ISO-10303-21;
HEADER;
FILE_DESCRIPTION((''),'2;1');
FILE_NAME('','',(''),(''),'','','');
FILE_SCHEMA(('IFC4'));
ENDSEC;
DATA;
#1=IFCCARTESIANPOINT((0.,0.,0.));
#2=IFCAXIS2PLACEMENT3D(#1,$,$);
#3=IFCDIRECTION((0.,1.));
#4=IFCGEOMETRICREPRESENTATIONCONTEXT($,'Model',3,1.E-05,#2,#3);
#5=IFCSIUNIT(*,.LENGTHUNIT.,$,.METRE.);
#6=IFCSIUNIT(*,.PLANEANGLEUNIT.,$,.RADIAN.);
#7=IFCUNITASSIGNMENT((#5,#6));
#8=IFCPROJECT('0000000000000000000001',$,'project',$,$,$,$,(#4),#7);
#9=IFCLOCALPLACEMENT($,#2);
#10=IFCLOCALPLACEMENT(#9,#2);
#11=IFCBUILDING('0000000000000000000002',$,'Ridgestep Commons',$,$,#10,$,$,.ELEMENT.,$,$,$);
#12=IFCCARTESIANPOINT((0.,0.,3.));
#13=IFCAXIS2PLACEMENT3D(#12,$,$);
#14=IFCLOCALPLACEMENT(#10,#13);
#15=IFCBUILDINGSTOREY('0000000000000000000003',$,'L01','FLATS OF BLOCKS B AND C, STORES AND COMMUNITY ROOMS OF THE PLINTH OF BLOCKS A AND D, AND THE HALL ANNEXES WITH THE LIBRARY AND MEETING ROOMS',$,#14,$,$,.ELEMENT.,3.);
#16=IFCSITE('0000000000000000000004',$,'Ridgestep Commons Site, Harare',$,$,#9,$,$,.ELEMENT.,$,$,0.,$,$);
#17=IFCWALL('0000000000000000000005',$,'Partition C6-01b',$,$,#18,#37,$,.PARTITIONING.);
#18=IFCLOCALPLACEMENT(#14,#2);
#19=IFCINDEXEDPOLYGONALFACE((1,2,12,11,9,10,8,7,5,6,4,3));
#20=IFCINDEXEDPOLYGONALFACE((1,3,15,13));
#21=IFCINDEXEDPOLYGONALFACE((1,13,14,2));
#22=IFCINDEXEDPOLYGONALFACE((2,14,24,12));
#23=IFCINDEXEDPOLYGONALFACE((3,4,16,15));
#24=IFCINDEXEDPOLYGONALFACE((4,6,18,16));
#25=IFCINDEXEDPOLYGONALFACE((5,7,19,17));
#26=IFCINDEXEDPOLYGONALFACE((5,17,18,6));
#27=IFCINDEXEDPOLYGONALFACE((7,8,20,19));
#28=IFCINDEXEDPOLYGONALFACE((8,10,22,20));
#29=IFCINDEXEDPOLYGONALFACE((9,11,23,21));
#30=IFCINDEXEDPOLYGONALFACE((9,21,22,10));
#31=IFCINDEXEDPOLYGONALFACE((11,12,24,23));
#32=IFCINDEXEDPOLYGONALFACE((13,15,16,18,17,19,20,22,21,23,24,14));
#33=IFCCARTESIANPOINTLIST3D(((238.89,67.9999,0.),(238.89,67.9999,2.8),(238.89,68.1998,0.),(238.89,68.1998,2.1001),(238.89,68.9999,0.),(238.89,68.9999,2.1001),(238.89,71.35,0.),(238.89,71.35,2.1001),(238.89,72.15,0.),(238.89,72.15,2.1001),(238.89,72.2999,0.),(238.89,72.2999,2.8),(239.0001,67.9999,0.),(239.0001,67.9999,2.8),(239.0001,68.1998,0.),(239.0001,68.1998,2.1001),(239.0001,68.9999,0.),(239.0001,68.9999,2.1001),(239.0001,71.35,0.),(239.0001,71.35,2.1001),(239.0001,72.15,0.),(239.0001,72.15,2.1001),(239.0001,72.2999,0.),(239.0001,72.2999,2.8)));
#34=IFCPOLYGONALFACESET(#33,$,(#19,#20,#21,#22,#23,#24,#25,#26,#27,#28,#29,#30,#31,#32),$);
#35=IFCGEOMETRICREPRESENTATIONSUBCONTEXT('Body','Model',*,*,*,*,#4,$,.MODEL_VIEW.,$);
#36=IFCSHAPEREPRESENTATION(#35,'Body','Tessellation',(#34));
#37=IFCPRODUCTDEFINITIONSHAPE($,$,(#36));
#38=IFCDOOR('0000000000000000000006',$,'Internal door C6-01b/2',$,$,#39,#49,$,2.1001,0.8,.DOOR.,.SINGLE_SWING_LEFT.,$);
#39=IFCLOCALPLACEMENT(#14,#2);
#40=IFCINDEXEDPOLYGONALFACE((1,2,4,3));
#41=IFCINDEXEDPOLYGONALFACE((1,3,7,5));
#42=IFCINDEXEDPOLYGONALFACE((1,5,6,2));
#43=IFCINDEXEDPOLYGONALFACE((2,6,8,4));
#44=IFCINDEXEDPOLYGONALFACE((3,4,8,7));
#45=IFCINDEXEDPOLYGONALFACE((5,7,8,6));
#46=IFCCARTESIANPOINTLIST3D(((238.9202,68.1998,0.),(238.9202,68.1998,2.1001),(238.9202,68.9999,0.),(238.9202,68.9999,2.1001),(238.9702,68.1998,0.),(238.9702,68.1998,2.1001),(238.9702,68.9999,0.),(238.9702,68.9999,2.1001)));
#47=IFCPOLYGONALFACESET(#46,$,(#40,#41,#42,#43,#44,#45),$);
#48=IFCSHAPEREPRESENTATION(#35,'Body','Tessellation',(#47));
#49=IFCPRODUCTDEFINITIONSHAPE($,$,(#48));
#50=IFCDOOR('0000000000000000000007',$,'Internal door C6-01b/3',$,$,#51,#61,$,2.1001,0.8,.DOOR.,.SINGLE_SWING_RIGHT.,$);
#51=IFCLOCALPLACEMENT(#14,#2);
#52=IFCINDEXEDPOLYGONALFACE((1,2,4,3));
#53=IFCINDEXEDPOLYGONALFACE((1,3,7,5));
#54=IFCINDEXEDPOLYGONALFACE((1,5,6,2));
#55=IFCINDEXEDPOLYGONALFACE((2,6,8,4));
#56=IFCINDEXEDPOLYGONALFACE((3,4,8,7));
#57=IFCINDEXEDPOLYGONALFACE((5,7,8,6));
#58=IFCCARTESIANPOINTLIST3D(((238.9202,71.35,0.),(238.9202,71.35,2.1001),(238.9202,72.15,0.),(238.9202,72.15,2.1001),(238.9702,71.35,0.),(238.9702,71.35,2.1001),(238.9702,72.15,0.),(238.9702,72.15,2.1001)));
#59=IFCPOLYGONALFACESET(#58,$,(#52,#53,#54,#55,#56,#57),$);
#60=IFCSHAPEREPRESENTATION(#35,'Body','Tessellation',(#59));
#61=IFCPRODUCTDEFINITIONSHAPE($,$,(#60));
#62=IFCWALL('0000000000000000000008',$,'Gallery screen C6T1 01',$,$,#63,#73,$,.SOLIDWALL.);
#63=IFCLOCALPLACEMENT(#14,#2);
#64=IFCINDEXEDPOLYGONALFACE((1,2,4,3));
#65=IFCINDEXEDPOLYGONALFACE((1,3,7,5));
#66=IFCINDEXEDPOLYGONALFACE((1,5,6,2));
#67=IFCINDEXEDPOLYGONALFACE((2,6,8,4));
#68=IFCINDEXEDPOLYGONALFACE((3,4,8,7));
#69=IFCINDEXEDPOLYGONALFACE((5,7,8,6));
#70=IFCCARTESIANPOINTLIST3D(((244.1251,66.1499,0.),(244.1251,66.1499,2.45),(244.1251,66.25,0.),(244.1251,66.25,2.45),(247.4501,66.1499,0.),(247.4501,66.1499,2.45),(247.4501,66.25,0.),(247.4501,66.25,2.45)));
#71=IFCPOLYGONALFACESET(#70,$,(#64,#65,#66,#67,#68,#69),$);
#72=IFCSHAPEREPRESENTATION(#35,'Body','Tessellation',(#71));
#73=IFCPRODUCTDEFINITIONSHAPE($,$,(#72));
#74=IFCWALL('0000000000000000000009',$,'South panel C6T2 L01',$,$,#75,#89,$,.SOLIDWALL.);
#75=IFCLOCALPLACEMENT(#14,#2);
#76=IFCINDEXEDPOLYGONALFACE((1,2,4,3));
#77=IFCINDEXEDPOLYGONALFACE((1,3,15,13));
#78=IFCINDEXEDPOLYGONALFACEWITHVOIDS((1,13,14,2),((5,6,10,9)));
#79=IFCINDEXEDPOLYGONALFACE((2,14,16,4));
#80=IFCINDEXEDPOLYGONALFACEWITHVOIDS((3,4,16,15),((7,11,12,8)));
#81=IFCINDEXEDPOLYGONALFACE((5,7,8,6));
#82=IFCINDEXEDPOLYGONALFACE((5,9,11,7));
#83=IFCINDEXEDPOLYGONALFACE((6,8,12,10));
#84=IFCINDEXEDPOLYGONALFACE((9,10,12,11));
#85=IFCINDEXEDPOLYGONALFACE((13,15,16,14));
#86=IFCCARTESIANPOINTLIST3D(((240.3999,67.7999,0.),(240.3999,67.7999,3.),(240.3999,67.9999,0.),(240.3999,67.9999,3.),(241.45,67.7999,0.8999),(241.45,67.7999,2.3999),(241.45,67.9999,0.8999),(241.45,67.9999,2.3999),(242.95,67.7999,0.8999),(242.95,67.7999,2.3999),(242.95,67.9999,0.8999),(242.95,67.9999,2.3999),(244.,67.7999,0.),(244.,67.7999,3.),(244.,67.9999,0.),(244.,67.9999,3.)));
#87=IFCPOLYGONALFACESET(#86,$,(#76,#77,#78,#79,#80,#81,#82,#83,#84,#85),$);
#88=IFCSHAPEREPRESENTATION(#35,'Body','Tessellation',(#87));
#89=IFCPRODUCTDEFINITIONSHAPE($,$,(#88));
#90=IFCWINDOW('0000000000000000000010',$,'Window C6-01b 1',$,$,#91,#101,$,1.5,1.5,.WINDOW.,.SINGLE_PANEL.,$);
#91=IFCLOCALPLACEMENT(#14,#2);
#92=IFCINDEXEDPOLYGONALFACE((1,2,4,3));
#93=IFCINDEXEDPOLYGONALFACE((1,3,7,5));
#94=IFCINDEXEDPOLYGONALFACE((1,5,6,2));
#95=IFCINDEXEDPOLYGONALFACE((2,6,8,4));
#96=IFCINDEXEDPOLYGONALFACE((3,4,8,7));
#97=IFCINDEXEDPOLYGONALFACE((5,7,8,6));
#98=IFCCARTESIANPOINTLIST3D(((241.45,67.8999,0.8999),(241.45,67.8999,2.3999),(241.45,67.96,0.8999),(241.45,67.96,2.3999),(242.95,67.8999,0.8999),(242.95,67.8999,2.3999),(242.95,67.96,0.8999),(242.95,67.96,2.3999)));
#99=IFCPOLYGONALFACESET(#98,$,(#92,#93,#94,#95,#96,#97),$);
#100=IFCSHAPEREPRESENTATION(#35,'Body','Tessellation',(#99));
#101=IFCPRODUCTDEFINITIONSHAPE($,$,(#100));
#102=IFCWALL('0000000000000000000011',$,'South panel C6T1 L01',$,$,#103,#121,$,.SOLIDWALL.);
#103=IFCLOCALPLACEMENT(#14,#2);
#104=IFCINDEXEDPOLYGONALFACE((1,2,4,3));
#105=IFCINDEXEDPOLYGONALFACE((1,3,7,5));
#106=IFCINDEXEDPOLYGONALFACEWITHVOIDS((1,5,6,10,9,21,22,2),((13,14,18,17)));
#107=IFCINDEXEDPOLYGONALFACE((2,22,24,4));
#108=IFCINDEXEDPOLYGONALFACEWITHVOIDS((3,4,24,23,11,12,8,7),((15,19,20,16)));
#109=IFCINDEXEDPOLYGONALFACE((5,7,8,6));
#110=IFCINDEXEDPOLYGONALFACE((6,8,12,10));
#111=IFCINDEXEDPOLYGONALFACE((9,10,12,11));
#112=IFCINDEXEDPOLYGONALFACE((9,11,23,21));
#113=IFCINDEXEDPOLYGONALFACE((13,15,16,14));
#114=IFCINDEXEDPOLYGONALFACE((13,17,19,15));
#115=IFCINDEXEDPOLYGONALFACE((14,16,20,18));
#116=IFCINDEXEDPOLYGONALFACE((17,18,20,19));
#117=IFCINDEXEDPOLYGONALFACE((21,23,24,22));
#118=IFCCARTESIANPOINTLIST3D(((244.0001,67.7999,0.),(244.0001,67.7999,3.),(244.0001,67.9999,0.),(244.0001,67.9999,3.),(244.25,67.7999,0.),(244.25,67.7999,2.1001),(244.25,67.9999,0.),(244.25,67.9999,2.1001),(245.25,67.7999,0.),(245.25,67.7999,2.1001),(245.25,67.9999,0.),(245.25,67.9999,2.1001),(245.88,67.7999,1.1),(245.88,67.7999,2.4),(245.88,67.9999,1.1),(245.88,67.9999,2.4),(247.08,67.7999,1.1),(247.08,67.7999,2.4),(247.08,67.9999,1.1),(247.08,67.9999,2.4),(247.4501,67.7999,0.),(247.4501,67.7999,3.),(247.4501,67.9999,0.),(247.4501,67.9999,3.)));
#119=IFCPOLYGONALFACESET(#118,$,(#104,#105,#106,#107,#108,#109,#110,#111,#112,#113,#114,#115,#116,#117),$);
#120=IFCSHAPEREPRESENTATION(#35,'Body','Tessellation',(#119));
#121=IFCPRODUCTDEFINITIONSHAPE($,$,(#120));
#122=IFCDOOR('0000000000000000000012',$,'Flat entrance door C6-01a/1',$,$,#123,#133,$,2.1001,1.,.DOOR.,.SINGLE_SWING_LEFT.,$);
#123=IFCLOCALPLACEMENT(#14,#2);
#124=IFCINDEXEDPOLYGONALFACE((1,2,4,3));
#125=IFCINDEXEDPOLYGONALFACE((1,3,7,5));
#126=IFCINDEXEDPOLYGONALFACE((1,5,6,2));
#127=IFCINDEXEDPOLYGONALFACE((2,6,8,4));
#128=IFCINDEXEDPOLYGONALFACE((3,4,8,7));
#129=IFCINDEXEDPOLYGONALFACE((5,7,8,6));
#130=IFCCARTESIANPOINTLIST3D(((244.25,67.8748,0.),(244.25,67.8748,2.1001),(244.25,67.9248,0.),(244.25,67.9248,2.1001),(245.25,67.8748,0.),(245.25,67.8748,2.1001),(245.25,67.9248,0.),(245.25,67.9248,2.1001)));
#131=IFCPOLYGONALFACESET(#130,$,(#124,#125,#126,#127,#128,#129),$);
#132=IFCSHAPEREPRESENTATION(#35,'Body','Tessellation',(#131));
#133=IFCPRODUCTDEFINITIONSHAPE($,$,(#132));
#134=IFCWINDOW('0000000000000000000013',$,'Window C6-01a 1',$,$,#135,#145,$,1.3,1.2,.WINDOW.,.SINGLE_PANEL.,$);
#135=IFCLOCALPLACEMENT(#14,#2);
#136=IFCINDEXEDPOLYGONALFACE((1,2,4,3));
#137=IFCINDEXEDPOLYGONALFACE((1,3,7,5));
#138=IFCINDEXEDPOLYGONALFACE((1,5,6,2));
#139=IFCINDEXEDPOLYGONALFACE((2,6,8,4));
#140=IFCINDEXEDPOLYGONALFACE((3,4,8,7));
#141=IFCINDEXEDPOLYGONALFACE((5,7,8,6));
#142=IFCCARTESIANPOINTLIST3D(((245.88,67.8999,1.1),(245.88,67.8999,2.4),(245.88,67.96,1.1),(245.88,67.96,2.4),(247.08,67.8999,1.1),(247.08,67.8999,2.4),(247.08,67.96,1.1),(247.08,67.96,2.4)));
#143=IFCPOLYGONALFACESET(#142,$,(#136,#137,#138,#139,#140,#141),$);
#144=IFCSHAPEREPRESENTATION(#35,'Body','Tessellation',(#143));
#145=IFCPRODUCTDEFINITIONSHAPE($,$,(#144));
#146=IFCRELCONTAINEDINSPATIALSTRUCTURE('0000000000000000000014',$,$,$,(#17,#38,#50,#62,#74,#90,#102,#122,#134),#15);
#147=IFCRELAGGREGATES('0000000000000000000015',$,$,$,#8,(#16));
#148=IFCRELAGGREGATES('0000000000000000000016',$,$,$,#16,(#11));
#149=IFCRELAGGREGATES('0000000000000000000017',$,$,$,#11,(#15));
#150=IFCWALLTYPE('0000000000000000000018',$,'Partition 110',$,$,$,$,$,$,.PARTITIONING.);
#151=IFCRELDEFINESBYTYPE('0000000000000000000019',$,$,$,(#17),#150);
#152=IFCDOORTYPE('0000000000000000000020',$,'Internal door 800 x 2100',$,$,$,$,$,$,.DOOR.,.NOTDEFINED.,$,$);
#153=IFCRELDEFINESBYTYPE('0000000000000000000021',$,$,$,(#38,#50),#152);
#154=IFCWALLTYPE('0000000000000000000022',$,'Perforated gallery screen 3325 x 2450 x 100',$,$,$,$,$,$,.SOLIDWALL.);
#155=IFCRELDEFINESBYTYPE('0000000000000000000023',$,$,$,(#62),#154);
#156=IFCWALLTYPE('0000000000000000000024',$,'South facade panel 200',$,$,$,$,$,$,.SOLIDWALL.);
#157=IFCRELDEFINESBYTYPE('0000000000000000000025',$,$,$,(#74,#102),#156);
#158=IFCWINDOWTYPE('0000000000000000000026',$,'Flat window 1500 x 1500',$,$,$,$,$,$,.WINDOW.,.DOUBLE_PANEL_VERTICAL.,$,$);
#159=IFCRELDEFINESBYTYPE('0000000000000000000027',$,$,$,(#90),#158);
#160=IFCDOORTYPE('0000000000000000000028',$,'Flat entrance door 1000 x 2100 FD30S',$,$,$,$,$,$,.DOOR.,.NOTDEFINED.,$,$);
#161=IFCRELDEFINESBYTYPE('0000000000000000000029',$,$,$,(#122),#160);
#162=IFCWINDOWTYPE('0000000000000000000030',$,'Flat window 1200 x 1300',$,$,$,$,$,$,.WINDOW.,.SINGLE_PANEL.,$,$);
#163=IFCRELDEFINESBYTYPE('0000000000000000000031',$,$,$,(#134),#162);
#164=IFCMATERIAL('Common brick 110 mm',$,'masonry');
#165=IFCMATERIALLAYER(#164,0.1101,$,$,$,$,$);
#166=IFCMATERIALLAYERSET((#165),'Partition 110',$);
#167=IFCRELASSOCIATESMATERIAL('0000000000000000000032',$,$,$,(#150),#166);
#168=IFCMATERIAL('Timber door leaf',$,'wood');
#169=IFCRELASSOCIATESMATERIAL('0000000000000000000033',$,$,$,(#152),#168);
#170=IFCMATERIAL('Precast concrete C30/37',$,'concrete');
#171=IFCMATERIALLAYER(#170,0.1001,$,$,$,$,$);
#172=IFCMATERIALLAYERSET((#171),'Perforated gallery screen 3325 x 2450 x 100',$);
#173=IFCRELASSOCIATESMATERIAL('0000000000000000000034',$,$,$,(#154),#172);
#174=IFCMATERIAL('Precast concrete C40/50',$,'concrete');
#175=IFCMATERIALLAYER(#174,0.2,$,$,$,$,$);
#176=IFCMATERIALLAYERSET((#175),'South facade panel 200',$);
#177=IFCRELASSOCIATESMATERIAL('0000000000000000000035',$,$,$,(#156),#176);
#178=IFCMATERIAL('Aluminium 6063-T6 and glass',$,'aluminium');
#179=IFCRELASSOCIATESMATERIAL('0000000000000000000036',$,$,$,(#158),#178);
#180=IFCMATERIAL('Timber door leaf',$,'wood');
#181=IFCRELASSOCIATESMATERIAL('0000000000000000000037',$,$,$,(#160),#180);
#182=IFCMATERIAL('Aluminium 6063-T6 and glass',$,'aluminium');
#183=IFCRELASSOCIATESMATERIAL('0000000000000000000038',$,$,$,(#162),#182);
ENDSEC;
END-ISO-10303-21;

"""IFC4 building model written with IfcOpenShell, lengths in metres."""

from ifc_helpers import new_model, si_unit, direction, frame, frame_2d, origin, place, context, subcontext, project, spatial, rectangle, extrude, material, layer, layer_set, type_object, element, fill, save


model = new_model("IFC4")

# Units and contexts
model_context = context("Model", 3, precision=1e-05, world=origin(), true_north=direction((0.0, 1.0)))
body_context = subcontext(model_context, "Body", "Model", "MODEL_VIEW")
ifc_project = project(units=[si_unit("LENGTHUNIT", "METRE"), si_unit("PLANEANGLEUNIT", "RADIAN")], contexts=[model_context])

# Site, building, storey
site_placement = place(None, origin())
site = spatial("IfcSite", under=ifc_project, at=site_placement, Name="Ridgestep Commons Site, Harare", CompositionType="ELEMENT", RefElevation=0.0)
building_placement = place(site_placement, origin())
building = spatial("IfcBuilding", under=site, at=building_placement, Name="Ridgestep Commons", CompositionType="ELEMENT")
storey_placement = place(building_placement, frame((0.0, 0.0, 3.0)))
storey = spatial("IfcBuildingStorey", under=building, at=storey_placement, Name="L01", Description="FLATS OF BLOCKS B AND C, STORES AND COMMUNITY ROOMS OF THE PLINTH OF BLOCKS A AND D, AND THE HALL ANNEXES WITH THE LIBRARY AND MEETING ROOMS", CompositionType="ELEMENT", Elevation=3.0)

# Wall, openings, doors
ifc_material_1 = material(Name="Common brick 110 mm", Category="masonry")
ifc_layer_1 = layer(ifc_material_1, 0.1101)
ifc_layer_set_1 = layer_set([ifc_layer_1], Name="Partition 110")
wall_type_1 = type_object("IfcWallType", Name="Partition 110", PredefinedType="PARTITIONING", material=ifc_layer_set_1)
ifc_material_2 = material(Name="Timber door leaf", Category="wood")
door_type_1 = type_object("IfcDoorType", Name="Internal door 800 x 2100", OperationType="NOTDEFINED", PredefinedType="DOOR", material=ifc_material_2)
wall_1_placement = place(storey_placement, frame((238.9451, 68.0, 0.0), z_axis=(0.0, 0.0, 1.0), x_axis=(0.0, 1.0, 0.0)))
wall_1 = element("IfcWall", 1, at=wall_1_placement, inside=storey, type_object=wall_type_1, Name="Partition C6-01b", PredefinedType="PARTITIONING", context=body_context, shape_type="SweptSolid", body=[
    extrude(rectangle(XDim=4.3, YDim=0.1101, at=frame_2d((2.1499, 0.0))), origin(), (0.0, 0.0, 1.0), 2.8),
])
opening_1_placement = place(wall_1_placement, frame((0.2, 0.0, 0.0)))
opening_1 = element("IfcOpeningElement", 2, at=opening_1_placement, cuts=wall_1, PredefinedType="OPENING", context=body_context, shape_type="SweptSolid", body=[
    extrude(rectangle(XDim=0.8, YDim=2.1001, at=frame_2d((0.3999, 1.05))), frame((0.0, 0.0649, 0.0), z_axis=(0.0, -1.0, 0.0), x_axis=(1.0, 0.0, 0.0)), (0.0, 0.0, 1.0), 0.1301),
])
opening_2_placement = place(wall_1_placement, frame((3.3501, 0.0, 0.0)))
opening_2 = element("IfcOpeningElement", 3, at=opening_2_placement, cuts=wall_1, PredefinedType="OPENING", context=body_context, shape_type="SweptSolid", body=[
    extrude(rectangle(XDim=0.8, YDim=2.1001, at=frame_2d((0.3999, 1.05))), frame((0.0, 0.0649, 0.0), z_axis=(0.0, -1.0, 0.0), x_axis=(1.0, 0.0, 0.0)), (0.0, 0.0, 1.0), 0.1301),
])
door_1_placement = place(opening_1_placement, origin())
door_1 = element("IfcDoor", 4, at=door_1_placement, inside=storey, type_object=door_type_1, Name="Internal door C6-01b/2", OperationType="SINGLE_SWING_LEFT", OverallHeight=2.1001, OverallWidth=0.8, PredefinedType="DOOR", context=body_context, shape_type="SweptSolid", body=[
    extrude(rectangle(XDim=0.8, YDim=2.1001, at=frame_2d((0.3999, 1.05))), frame((0.0, 0.0249, 0.0), z_axis=(0.0, -1.0, 0.0), x_axis=(1.0, 0.0, 0.0)), (0.0, 0.0, 1.0), 0.05),
])
fill(opening_1, door_1)
door_2_placement = place(opening_2_placement, origin())
door_2 = element("IfcDoor", 5, at=door_2_placement, inside=storey, type_object=door_type_1, Name="Internal door C6-01b/3", OperationType="SINGLE_SWING_RIGHT", OverallHeight=2.1001, OverallWidth=0.8, PredefinedType="DOOR", context=body_context, shape_type="SweptSolid", body=[
    extrude(rectangle(XDim=0.8, YDim=2.1001, at=frame_2d((0.3999, 1.05))), frame((0.0, 0.0249, 0.0), z_axis=(0.0, -1.0, 0.0), x_axis=(1.0, 0.0, 0.0)), (0.0, 0.0, 1.0), 0.05),
])
fill(opening_2, door_2)

# Wall
ifc_material_3 = material(Name="Precast concrete C30/37", Category="concrete")
ifc_layer_2 = layer(ifc_material_3, 0.1001)
ifc_layer_set_2 = layer_set([ifc_layer_2], Name="Perforated gallery screen 3325 x 2450 x 100")
wall_type_2 = type_object("IfcWallType", Name="Perforated gallery screen 3325 x 2450 x 100", PredefinedType="SOLIDWALL", material=ifc_layer_set_2)
wall_2_placement = place(storey_placement, frame((244.125, 66.2, 0.0), z_axis=(0.0, 0.0, 1.0), x_axis=(1.0, 0.0, 0.0)))
element("IfcWall", 6, at=wall_2_placement, inside=storey, type_object=wall_type_2, Name="Gallery screen C6T1 01", PredefinedType="SOLIDWALL", context=body_context, shape_type="SweptSolid", body=[
    extrude(rectangle(XDim=3.325, YDim=0.1001, at=frame_2d((1.6626, 0.0))), origin(), (0.0, 0.0, 1.0), 2.45),
])

# Wall, opening, window
ifc_material_4 = material(Name="Precast concrete C40/50", Category="concrete")
ifc_layer_3 = layer(ifc_material_4, 0.2)
ifc_layer_set_3 = layer_set([ifc_layer_3], Name="South facade panel 200")
wall_type_3 = type_object("IfcWallType", Name="South facade panel 200", PredefinedType="SOLIDWALL", material=ifc_layer_set_3)
wall_3_placement = place(storey_placement, frame((240.3999, 67.8999, 0.0), z_axis=(0.0, 0.0, 1.0), x_axis=(1.0, 0.0, 0.0)))
wall_3 = element("IfcWall", 7, at=wall_3_placement, inside=storey, type_object=wall_type_3, Name="South panel C6T2 L01", PredefinedType="SOLIDWALL", context=body_context, shape_type="SweptSolid", body=[
    extrude(rectangle(XDim=3.6001, YDim=0.2, at=frame_2d((1.8, 0.0))), origin(), (0.0, 0.0, 1.0), 3.0),
])
opening_3_placement = place(wall_3_placement, frame((1.05, 0.0, 0.8999)))
opening_3 = element("IfcOpeningElement", 8, at=opening_3_placement, cuts=wall_3, PredefinedType="OPENING", context=body_context, shape_type="SweptSolid", body=[
    extrude(rectangle(XDim=1.5, YDim=1.5, at=frame_2d((0.75, 0.75))), frame((0.0, 0.1099, 0.0), z_axis=(0.0, -1.0, 0.0), x_axis=(1.0, 0.0, 0.0)), (0.0, 0.0, 1.0), 0.22),
])
ifc_material_5 = material(Name="Aluminium 6063-T6 and glass", Category="aluminium")
window_type_1 = type_object("IfcWindowType", Name="Flat window 1500 x 1500", PartitioningType="DOUBLE_PANEL_VERTICAL", PredefinedType="WINDOW", material=ifc_material_5)
window_1_placement = place(opening_3_placement, origin())
window_1 = element("IfcWindow", 9, at=window_1_placement, inside=storey, type_object=window_type_1, Name="Window C6-01b 1", OverallHeight=1.5, OverallWidth=1.5, PartitioningType="SINGLE_PANEL", PredefinedType="WINDOW", context=body_context, shape_type="SweptSolid", body=[
    extrude(rectangle(XDim=1.5, YDim=1.5, at=frame_2d((0.75, 0.75))), frame((0.0, 0.0601, 0.0), z_axis=(0.0, -1.0, 0.0), x_axis=(1.0, 0.0, 0.0)), (0.0, 0.0, 1.0), 0.0601),
])
fill(opening_3, window_1)

# Wall, openings, door, window
wall_4_placement = place(storey_placement, frame((244.0, 67.8999, 0.0), z_axis=(0.0, 0.0, 1.0), x_axis=(1.0, 0.0, 0.0)))
wall_4 = element("IfcWall", 10, at=wall_4_placement, inside=storey, type_object=wall_type_3, Name="South panel C6T1 L01", PredefinedType="SOLIDWALL", context=body_context, shape_type="SweptSolid", body=[
    extrude(rectangle(XDim=3.45, YDim=0.2, at=frame_2d((1.7251, 0.0))), origin(), (0.0, 0.0, 1.0), 3.0),
])
opening_4_placement = place(wall_4_placement, frame((1.8799, 0.0, 1.1001)))
opening_4 = element("IfcOpeningElement", 11, at=opening_4_placement, cuts=wall_4, PredefinedType="OPENING", context=body_context, shape_type="SweptSolid", body=[
    extrude(rectangle(XDim=1.2, YDim=1.3, at=frame_2d((0.6001, 0.6499))), frame((0.0, 0.1099, 0.0), z_axis=(0.0, -1.0, 0.0), x_axis=(1.0, 0.0, 0.0)), (0.0, 0.0, 1.0), 0.22),
])
opening_5_placement = place(wall_4_placement, frame((0.25, 0.0, 0.0)))
opening_5 = element("IfcOpeningElement", 12, at=opening_5_placement, cuts=wall_4, PredefinedType="OPENING", context=body_context, shape_type="SweptSolid", body=[
    extrude(rectangle(XDim=1.0, YDim=2.1001, at=frame_2d((0.5, 1.05))), frame((0.0, 0.1099, 0.0), z_axis=(0.0, -1.0, 0.0), x_axis=(1.0, 0.0, 0.0)), (0.0, 0.0, 1.0), 0.22),
])
ifc_material_6 = material(Name="Timber door leaf", Category="wood")
door_type_2 = type_object("IfcDoorType", Name="Flat entrance door 1000 x 2100 FD30S", OperationType="NOTDEFINED", PredefinedType="DOOR", material=ifc_material_6)
door_3_placement = place(opening_5_placement, origin())
door_3 = element("IfcDoor", 13, at=door_3_placement, inside=storey, type_object=door_type_2, Name="Flat entrance door C6-01a/1", OperationType="SINGLE_SWING_LEFT", OverallHeight=2.1001, OverallWidth=1.0, PredefinedType="DOOR", context=body_context, shape_type="SweptSolid", body=[
    extrude(rectangle(XDim=1.0, YDim=2.1001, at=frame_2d((0.5, 1.05))), frame((0.0, 0.0249, 0.0), z_axis=(0.0, -1.0, 0.0), x_axis=(1.0, 0.0, 0.0)), (0.0, 0.0, 1.0), 0.05),
])
fill(opening_5, door_3)
ifc_material_7 = material(Name="Aluminium 6063-T6 and glass", Category="aluminium")
window_type_2 = type_object("IfcWindowType", Name="Flat window 1200 x 1300", PartitioningType="SINGLE_PANEL", PredefinedType="WINDOW", material=ifc_material_7)
window_2_placement = place(opening_4_placement, origin())
window_2 = element("IfcWindow", 14, at=window_2_placement, inside=storey, type_object=window_type_2, Name="Window C6-01a 1", OverallHeight=1.3, OverallWidth=1.2, PartitioningType="SINGLE_PANEL", PredefinedType="WINDOW", context=body_context, shape_type="SweptSolid", body=[
    extrude(rectangle(XDim=1.2, YDim=1.3, at=frame_2d((0.6001, 0.6499))), frame((0.0, 0.0601, 0.0), z_axis=(0.0, -1.0, 0.0), x_axis=(1.0, 0.0, 0.0)), (0.0, 0.0, 1.0), 0.0601),
])
fill(opening_4, window_2)

save(model, "model.ifc")
